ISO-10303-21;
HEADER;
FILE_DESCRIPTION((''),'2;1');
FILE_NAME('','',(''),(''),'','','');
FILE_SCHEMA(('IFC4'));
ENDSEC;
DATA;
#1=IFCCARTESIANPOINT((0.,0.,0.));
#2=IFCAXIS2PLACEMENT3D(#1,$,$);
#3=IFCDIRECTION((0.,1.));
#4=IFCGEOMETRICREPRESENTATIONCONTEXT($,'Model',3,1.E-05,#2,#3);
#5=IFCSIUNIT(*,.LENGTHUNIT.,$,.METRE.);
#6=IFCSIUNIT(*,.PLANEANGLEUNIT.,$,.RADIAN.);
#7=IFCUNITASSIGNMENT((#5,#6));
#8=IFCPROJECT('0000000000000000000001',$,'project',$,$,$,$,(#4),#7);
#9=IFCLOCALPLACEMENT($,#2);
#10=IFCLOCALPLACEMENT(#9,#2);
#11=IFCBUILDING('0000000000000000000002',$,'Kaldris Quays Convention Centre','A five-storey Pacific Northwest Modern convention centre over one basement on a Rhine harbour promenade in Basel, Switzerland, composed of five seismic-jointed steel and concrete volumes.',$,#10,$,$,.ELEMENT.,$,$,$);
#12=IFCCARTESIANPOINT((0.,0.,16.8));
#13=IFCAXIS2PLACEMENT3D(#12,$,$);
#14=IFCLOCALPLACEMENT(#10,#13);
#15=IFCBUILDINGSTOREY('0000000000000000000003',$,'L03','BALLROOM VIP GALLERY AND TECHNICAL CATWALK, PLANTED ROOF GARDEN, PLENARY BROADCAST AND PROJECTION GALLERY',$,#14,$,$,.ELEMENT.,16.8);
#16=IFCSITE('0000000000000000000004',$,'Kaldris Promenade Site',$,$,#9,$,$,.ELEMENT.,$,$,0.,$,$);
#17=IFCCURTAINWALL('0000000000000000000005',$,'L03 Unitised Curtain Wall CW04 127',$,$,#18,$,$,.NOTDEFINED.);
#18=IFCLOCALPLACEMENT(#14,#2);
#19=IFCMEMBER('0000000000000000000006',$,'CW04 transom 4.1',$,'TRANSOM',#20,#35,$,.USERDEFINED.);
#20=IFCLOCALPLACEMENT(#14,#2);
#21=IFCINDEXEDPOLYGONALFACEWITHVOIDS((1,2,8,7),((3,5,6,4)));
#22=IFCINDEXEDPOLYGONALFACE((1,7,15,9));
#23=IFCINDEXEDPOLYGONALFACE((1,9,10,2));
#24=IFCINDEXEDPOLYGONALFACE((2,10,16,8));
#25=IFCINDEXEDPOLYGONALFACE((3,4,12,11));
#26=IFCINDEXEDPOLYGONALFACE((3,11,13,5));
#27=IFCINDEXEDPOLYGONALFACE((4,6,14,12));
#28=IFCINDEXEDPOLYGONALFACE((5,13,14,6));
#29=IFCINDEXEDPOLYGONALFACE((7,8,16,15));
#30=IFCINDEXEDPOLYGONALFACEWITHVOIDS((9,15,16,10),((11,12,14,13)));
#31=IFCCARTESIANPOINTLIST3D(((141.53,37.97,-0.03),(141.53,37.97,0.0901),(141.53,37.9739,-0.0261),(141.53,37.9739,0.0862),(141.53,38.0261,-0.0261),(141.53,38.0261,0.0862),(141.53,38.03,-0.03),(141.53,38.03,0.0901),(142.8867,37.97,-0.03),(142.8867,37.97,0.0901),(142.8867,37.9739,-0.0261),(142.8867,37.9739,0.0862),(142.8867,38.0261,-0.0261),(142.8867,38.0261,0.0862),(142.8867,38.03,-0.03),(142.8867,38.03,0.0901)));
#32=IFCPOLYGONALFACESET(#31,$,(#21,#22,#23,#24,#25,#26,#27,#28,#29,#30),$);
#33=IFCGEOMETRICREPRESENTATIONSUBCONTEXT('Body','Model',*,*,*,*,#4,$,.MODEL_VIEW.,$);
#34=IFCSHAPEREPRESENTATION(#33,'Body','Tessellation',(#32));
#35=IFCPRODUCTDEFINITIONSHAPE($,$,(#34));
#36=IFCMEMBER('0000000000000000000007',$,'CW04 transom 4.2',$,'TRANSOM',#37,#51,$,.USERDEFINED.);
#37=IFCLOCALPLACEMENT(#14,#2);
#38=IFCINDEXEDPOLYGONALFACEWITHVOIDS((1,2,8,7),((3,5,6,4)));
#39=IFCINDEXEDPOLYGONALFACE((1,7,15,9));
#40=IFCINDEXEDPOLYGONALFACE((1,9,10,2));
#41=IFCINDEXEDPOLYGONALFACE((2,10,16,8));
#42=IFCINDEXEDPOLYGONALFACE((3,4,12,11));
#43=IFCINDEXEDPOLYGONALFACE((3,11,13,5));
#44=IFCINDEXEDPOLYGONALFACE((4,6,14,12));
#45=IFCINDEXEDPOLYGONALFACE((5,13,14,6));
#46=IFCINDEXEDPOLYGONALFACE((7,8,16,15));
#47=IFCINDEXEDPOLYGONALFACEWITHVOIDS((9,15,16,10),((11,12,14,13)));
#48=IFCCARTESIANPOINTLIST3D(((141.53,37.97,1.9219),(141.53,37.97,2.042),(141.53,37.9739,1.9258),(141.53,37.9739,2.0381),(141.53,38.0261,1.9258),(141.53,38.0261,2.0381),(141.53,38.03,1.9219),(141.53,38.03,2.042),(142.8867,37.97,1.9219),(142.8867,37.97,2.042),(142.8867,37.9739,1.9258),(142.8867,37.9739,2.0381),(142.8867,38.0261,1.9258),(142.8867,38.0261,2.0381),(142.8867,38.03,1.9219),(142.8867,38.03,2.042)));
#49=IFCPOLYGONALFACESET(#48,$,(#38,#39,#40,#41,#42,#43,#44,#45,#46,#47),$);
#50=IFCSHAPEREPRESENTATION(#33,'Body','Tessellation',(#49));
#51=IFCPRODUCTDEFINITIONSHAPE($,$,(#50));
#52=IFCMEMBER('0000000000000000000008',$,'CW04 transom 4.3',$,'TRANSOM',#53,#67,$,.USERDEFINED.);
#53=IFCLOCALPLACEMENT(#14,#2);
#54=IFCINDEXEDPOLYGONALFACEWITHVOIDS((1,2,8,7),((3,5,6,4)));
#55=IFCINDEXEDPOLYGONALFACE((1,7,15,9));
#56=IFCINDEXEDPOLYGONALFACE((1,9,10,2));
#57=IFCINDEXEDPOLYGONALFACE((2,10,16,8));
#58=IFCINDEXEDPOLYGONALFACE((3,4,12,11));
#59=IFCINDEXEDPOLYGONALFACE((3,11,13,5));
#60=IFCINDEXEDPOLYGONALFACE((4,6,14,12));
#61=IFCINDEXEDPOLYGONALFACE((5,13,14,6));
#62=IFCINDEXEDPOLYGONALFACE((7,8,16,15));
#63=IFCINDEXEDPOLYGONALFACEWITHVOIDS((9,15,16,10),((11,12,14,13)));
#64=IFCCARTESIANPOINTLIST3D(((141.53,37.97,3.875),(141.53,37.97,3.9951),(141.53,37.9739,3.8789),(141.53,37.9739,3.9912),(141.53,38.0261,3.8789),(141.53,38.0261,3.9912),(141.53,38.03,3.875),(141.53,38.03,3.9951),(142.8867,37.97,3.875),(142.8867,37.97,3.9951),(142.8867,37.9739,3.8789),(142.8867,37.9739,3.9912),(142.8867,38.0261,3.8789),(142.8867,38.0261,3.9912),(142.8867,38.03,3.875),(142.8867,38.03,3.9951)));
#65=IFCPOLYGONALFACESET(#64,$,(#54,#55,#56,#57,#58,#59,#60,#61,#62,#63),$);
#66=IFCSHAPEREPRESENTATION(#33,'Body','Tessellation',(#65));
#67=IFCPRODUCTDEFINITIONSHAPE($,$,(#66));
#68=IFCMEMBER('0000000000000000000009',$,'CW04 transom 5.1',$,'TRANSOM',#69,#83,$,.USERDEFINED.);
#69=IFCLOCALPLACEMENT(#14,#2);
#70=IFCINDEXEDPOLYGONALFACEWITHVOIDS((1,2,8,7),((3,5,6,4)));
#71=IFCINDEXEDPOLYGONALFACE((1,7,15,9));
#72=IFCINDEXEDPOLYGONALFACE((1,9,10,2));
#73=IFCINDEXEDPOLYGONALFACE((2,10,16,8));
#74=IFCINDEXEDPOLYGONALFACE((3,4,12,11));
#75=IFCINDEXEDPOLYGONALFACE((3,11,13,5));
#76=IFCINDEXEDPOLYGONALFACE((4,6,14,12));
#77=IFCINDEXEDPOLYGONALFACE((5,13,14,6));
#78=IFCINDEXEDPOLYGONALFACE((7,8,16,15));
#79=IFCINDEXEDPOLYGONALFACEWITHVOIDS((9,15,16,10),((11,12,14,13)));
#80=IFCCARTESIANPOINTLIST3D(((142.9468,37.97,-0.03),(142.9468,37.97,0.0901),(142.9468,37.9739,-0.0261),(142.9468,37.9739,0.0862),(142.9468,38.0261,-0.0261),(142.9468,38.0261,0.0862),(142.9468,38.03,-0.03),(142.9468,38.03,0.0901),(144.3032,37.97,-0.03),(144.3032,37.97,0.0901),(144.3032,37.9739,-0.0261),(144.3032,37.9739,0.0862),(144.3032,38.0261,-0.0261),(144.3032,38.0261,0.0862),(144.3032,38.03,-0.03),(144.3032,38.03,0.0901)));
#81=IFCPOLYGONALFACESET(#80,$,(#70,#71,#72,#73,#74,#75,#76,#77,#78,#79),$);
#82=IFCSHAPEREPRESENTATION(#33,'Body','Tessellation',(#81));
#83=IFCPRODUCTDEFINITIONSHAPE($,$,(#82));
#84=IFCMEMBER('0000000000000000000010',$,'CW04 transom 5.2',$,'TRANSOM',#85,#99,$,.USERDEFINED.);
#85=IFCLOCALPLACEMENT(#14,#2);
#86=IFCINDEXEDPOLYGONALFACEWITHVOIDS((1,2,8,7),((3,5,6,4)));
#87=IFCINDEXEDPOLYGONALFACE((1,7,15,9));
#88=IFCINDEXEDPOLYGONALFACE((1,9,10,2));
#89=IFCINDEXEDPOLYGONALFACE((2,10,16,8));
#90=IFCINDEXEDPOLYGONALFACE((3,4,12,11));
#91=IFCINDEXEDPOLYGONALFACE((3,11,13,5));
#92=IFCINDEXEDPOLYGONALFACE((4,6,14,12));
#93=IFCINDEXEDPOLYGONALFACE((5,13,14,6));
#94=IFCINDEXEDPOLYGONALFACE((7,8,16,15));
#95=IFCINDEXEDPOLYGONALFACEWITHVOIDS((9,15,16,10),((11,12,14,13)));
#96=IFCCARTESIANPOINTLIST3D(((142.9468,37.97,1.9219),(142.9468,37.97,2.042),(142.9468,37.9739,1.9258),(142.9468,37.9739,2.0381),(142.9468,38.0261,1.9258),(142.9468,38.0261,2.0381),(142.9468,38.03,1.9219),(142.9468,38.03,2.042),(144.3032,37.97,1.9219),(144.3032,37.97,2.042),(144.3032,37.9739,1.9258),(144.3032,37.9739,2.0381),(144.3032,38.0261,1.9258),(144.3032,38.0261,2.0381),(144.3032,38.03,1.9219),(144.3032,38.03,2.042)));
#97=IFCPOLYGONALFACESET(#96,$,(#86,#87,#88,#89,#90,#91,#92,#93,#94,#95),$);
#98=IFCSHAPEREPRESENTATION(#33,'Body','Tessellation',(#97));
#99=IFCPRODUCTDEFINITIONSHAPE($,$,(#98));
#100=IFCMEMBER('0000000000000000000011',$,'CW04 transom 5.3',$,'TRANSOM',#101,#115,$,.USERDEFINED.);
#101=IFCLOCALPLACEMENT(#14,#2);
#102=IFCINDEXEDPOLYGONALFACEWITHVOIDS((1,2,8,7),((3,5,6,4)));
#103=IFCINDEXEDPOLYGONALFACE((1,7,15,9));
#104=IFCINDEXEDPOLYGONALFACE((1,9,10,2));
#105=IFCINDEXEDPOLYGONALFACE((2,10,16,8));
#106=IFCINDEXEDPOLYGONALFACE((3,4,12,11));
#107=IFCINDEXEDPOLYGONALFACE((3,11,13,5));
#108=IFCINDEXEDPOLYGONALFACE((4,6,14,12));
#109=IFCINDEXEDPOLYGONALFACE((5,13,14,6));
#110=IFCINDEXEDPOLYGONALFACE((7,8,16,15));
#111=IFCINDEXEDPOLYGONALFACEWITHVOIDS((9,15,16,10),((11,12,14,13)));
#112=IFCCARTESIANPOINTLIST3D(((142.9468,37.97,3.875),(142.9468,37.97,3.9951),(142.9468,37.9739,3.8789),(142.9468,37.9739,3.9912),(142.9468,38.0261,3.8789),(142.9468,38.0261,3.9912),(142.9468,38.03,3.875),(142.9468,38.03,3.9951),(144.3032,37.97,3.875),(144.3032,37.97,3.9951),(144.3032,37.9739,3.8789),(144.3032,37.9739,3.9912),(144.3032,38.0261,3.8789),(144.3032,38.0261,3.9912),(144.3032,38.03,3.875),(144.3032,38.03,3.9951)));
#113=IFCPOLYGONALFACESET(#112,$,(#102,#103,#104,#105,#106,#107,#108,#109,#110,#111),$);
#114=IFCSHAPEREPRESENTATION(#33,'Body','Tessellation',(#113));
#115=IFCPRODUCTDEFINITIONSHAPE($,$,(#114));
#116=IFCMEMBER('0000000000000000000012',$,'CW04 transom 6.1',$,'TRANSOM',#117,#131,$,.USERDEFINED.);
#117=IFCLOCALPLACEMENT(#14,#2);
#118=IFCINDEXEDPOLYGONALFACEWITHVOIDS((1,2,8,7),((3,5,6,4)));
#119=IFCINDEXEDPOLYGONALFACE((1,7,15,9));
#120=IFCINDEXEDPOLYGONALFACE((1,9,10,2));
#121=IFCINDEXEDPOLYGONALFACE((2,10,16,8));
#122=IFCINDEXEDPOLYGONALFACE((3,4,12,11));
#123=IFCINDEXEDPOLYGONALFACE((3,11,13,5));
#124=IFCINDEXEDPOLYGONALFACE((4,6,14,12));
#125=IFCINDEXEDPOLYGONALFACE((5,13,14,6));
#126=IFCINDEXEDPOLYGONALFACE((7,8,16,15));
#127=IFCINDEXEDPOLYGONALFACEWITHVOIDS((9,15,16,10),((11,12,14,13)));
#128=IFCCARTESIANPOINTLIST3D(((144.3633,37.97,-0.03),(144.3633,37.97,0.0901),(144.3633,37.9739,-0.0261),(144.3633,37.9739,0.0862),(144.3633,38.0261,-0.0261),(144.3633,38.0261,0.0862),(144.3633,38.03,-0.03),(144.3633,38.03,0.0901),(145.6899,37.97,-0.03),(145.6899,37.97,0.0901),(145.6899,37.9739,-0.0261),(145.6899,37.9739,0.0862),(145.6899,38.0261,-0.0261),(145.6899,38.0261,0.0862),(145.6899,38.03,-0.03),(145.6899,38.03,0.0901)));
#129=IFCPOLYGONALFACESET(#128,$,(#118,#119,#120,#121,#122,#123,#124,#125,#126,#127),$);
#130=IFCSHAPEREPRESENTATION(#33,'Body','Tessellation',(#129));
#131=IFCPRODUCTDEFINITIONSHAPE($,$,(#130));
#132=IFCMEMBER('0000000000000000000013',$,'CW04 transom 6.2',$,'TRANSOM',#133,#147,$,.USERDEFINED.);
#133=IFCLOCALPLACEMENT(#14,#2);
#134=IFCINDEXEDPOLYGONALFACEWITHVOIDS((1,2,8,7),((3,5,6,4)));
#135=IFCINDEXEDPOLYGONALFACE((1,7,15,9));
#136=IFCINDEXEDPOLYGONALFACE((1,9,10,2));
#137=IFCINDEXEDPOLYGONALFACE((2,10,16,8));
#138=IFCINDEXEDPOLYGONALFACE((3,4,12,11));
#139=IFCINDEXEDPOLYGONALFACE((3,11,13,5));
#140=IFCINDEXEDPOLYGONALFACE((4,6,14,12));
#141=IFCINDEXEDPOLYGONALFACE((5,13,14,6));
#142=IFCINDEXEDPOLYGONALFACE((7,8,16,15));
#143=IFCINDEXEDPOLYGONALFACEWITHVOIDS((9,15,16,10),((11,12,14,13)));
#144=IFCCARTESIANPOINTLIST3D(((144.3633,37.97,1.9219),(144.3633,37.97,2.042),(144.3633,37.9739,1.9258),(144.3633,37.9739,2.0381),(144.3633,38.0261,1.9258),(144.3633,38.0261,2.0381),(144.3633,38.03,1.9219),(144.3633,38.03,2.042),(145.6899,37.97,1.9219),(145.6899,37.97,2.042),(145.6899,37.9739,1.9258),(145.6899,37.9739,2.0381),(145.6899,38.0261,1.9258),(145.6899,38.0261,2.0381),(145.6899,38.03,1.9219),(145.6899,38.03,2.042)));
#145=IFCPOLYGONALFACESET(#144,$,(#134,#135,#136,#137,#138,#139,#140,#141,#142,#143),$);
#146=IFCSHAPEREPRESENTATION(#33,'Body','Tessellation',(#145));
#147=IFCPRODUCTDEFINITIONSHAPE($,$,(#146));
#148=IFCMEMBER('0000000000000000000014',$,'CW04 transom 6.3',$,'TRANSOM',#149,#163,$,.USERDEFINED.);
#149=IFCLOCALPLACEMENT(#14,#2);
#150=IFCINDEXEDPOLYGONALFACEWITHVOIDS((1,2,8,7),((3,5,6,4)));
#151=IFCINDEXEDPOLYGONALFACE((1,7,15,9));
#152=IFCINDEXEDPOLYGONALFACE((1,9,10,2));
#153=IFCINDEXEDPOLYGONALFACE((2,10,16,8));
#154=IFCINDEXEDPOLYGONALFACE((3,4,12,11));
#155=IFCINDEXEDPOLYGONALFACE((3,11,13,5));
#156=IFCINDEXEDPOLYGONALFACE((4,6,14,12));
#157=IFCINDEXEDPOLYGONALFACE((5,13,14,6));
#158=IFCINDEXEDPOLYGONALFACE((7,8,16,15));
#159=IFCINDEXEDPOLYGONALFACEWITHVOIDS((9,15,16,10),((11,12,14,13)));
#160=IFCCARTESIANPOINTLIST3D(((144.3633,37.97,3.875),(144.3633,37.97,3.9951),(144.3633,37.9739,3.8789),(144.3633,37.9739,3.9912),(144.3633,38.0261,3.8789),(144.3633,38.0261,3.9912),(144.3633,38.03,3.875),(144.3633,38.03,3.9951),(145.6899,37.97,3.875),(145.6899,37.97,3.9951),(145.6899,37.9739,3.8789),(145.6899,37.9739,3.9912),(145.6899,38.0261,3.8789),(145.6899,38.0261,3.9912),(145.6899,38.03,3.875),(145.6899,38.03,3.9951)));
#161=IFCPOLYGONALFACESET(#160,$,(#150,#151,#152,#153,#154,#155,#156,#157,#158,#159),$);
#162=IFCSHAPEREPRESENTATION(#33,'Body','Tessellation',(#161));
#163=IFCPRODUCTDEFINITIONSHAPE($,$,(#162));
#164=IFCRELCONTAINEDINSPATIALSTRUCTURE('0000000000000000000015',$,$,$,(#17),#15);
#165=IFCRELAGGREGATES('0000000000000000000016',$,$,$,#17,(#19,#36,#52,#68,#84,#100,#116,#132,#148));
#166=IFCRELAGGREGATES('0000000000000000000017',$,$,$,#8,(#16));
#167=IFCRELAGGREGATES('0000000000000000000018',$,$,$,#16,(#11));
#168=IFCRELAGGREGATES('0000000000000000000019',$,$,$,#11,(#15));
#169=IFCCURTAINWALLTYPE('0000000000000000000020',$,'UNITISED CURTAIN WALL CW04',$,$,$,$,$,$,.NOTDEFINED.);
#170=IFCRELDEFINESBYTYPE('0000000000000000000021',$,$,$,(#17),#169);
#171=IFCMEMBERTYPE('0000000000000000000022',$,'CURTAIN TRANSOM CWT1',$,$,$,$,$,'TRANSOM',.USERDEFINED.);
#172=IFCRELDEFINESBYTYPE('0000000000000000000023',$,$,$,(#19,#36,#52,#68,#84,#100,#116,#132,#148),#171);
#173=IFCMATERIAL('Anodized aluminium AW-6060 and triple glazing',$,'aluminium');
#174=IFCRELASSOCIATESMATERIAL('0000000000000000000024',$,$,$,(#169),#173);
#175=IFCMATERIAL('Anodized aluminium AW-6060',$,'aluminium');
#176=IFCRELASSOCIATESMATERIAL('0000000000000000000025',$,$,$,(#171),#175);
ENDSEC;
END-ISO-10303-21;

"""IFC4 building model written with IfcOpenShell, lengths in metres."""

from ifc_helpers import new_model, si_unit, direction, frame, origin, origin_2d, place, context, subcontext, project, spatial, hollow_rectangle, extrude, material, material_profile, profile_set, type_object, element, aggregate, save


model = new_model("IFC4")

# Units and contexts
model_context = context("Model", 3, precision=1e-05, world=origin(), true_north=direction((0.0, 1.0)))
body_context = subcontext(model_context, "Body", "Model", "MODEL_VIEW")
ifc_project = project(units=[si_unit("LENGTHUNIT", "METRE"), si_unit("PLANEANGLEUNIT", "RADIAN")], contexts=[model_context])

# Site, building, storey
site_placement = place(None, origin())
site = spatial("IfcSite", under=ifc_project, at=site_placement, Name="Kaldris Promenade Site", CompositionType="ELEMENT", RefElevation=0.0)
building_placement = place(site_placement, origin())
building = spatial("IfcBuilding", under=site, at=building_placement, Name="Kaldris Quays Convention Centre", Description="A five-storey Pacific Northwest Modern convention centre over one basement on a Rhine harbour promenade in Basel, Switzerland, composed of five seismic-jointed steel and concrete volumes.", CompositionType="ELEMENT")
storey_placement = place(building_placement, frame((0.0, 0.0, 16.8)))
storey = spatial("IfcBuildingStorey", under=building, at=storey_placement, Name="L03", Description="BALLROOM VIP GALLERY AND TECHNICAL CATWALK, PLANTED ROOF GARDEN, PLENARY BROADCAST AND PROJECTION GALLERY", CompositionType="ELEMENT", Elevation=16.8)

# Curtain wall, members
ifc_material_1 = material(Name="Anodized aluminium AW-6060 and triple glazing", Category="aluminium")
curtain_wall_type = type_object("IfcCurtainWallType", Name="UNITISED CURTAIN WALL CW04", PredefinedType="NOTDEFINED", material=ifc_material_1)
curtain_wall_placement = place(storey_placement, origin())
curtain_wall = element("IfcCurtainWall", 1, at=curtain_wall_placement, inside=storey, type_object=curtain_wall_type, Name="L03 Unitised Curtain Wall CW04 127", PredefinedType="NOTDEFINED")
ifc_material_2 = material(Name="Anodized aluminium AW-6060", Category="aluminium")
ifc_material_profile_1 = material_profile(ifc_material_2, hollow_rectangle(XDim=0.0601, YDim=0.1201, WallThickness=0.0039, at=origin_2d()), Name="RHS 120x60x4")
ifc_profile_set_1 = profile_set([ifc_material_profile_1], Name="Anodized aluminium AW-6060")
member_type_1 = type_object("IfcMemberType", Name="CURTAIN TRANSOM CWT1", ElementType="TRANSOM", PredefinedType="USERDEFINED", material=ifc_profile_set_1)
member_1_placement = place(storey_placement, frame((141.53, 38.0, 0.03), z_axis=(1.0, 0.0, 0.0), x_axis=(0.0, 1.0, 0.0)))
member_1 = element("IfcMember", 2, at=member_1_placement, type_object=member_type_1, Name="CW04 transom 4.1", ObjectType="TRANSOM", PredefinedType="USERDEFINED", context=body_context, shape_type="SweptSolid", body=[
    extrude(hollow_rectangle(XDim=0.0601, YDim=0.1201, WallThickness=0.0039, at=origin_2d()), origin(), (0.0, 0.0, 1.0), 1.3567),
])
member_2_placement = place(storey_placement, frame((141.53, 38.0, 1.9819), z_axis=(1.0, 0.0, 0.0), x_axis=(0.0, 1.0, 0.0)))
member_2 = element("IfcMember", 3, at=member_2_placement, type_object=member_type_1, Name="CW04 transom 4.2", ObjectType="TRANSOM", PredefinedType="USERDEFINED", context=body_context, shape_type="SweptSolid", body=[
    extrude(hollow_rectangle(XDim=0.0601, YDim=0.1201, WallThickness=0.0039, at=origin_2d()), origin(), (0.0, 0.0, 1.0), 1.3567),
])
member_3_placement = place(storey_placement, frame((141.53, 38.0, 3.9351), z_axis=(1.0, 0.0, 0.0), x_axis=(0.0, 1.0, 0.0)))
member_3 = element("IfcMember", 4, at=member_3_placement, type_object=member_type_1, Name="CW04 transom 4.3", ObjectType="TRANSOM", PredefinedType="USERDEFINED", context=body_context, shape_type="SweptSolid", body=[
    extrude(hollow_rectangle(XDim=0.0601, YDim=0.1201, WallThickness=0.0039, at=origin_2d()), origin(), (0.0, 0.0, 1.0), 1.3567),
])
member_4_placement = place(storey_placement, frame((142.9468, 38.0, 0.03), z_axis=(1.0, 0.0, 0.0), x_axis=(0.0, 1.0, 0.0)))
member_4 = element("IfcMember", 5, at=member_4_placement, type_object=member_type_1, Name="CW04 transom 5.1", ObjectType="TRANSOM", PredefinedType="USERDEFINED", context=body_context, shape_type="SweptSolid", body=[
    extrude(hollow_rectangle(XDim=0.0601, YDim=0.1201, WallThickness=0.0039, at=origin_2d()), origin(), (0.0, 0.0, 1.0), 1.3564),
])
member_5_placement = place(storey_placement, frame((142.9468, 38.0, 1.9819), z_axis=(1.0, 0.0, 0.0), x_axis=(0.0, 1.0, 0.0)))
member_5 = element("IfcMember", 6, at=member_5_placement, type_object=member_type_1, Name="CW04 transom 5.2", ObjectType="TRANSOM", PredefinedType="USERDEFINED", context=body_context, shape_type="SweptSolid", body=[
    extrude(hollow_rectangle(XDim=0.0601, YDim=0.1201, WallThickness=0.0039, at=origin_2d()), origin(), (0.0, 0.0, 1.0), 1.3564),
])
member_6_placement = place(storey_placement, frame((142.9468, 38.0, 3.9351), z_axis=(1.0, 0.0, 0.0), x_axis=(0.0, 1.0, 0.0)))
member_6 = element("IfcMember", 7, at=member_6_placement, type_object=member_type_1, Name="CW04 transom 5.3", ObjectType="TRANSOM", PredefinedType="USERDEFINED", context=body_context, shape_type="SweptSolid", body=[
    extrude(hollow_rectangle(XDim=0.0601, YDim=0.1201, WallThickness=0.0039, at=origin_2d()), origin(), (0.0, 0.0, 1.0), 1.3564),
])
member_7_placement = place(storey_placement, frame((144.3633, 38.0, 0.03), z_axis=(1.0, 0.0, 0.0), x_axis=(0.0, 1.0, 0.0)))
member_7 = element("IfcMember", 8, at=member_7_placement, type_object=member_type_1, Name="CW04 transom 6.1", ObjectType="TRANSOM", PredefinedType="USERDEFINED", context=body_context, shape_type="SweptSolid", body=[
    extrude(hollow_rectangle(XDim=0.0601, YDim=0.1201, WallThickness=0.0039, at=origin_2d()), origin(), (0.0, 0.0, 1.0), 1.3267),
])
member_8_placement = place(storey_placement, frame((144.3633, 38.0, 1.9819), z_axis=(1.0, 0.0, 0.0), x_axis=(0.0, 1.0, 0.0)))
member_8 = element("IfcMember", 9, at=member_8_placement, type_object=member_type_1, Name="CW04 transom 6.2", ObjectType="TRANSOM", PredefinedType="USERDEFINED", context=body_context, shape_type="SweptSolid", body=[
    extrude(hollow_rectangle(XDim=0.0601, YDim=0.1201, WallThickness=0.0039, at=origin_2d()), origin(), (0.0, 0.0, 1.0), 1.3267),
])
member_9_placement = place(storey_placement, frame((144.3633, 38.0, 3.9351), z_axis=(1.0, 0.0, 0.0), x_axis=(0.0, 1.0, 0.0)))
member_9 = element("IfcMember", 10, at=member_9_placement, type_object=member_type_1, Name="CW04 transom 6.3", ObjectType="TRANSOM", PredefinedType="USERDEFINED", context=body_context, shape_type="SweptSolid", body=[
    extrude(hollow_rectangle(XDim=0.0601, YDim=0.1201, WallThickness=0.0039, at=origin_2d()), origin(), (0.0, 0.0, 1.0), 1.3267),
])

aggregate(curtain_wall, [member_1, member_2, member_3, member_4, member_5, member_6, member_7, member_8, member_9])

save(model, "model.ifc")
